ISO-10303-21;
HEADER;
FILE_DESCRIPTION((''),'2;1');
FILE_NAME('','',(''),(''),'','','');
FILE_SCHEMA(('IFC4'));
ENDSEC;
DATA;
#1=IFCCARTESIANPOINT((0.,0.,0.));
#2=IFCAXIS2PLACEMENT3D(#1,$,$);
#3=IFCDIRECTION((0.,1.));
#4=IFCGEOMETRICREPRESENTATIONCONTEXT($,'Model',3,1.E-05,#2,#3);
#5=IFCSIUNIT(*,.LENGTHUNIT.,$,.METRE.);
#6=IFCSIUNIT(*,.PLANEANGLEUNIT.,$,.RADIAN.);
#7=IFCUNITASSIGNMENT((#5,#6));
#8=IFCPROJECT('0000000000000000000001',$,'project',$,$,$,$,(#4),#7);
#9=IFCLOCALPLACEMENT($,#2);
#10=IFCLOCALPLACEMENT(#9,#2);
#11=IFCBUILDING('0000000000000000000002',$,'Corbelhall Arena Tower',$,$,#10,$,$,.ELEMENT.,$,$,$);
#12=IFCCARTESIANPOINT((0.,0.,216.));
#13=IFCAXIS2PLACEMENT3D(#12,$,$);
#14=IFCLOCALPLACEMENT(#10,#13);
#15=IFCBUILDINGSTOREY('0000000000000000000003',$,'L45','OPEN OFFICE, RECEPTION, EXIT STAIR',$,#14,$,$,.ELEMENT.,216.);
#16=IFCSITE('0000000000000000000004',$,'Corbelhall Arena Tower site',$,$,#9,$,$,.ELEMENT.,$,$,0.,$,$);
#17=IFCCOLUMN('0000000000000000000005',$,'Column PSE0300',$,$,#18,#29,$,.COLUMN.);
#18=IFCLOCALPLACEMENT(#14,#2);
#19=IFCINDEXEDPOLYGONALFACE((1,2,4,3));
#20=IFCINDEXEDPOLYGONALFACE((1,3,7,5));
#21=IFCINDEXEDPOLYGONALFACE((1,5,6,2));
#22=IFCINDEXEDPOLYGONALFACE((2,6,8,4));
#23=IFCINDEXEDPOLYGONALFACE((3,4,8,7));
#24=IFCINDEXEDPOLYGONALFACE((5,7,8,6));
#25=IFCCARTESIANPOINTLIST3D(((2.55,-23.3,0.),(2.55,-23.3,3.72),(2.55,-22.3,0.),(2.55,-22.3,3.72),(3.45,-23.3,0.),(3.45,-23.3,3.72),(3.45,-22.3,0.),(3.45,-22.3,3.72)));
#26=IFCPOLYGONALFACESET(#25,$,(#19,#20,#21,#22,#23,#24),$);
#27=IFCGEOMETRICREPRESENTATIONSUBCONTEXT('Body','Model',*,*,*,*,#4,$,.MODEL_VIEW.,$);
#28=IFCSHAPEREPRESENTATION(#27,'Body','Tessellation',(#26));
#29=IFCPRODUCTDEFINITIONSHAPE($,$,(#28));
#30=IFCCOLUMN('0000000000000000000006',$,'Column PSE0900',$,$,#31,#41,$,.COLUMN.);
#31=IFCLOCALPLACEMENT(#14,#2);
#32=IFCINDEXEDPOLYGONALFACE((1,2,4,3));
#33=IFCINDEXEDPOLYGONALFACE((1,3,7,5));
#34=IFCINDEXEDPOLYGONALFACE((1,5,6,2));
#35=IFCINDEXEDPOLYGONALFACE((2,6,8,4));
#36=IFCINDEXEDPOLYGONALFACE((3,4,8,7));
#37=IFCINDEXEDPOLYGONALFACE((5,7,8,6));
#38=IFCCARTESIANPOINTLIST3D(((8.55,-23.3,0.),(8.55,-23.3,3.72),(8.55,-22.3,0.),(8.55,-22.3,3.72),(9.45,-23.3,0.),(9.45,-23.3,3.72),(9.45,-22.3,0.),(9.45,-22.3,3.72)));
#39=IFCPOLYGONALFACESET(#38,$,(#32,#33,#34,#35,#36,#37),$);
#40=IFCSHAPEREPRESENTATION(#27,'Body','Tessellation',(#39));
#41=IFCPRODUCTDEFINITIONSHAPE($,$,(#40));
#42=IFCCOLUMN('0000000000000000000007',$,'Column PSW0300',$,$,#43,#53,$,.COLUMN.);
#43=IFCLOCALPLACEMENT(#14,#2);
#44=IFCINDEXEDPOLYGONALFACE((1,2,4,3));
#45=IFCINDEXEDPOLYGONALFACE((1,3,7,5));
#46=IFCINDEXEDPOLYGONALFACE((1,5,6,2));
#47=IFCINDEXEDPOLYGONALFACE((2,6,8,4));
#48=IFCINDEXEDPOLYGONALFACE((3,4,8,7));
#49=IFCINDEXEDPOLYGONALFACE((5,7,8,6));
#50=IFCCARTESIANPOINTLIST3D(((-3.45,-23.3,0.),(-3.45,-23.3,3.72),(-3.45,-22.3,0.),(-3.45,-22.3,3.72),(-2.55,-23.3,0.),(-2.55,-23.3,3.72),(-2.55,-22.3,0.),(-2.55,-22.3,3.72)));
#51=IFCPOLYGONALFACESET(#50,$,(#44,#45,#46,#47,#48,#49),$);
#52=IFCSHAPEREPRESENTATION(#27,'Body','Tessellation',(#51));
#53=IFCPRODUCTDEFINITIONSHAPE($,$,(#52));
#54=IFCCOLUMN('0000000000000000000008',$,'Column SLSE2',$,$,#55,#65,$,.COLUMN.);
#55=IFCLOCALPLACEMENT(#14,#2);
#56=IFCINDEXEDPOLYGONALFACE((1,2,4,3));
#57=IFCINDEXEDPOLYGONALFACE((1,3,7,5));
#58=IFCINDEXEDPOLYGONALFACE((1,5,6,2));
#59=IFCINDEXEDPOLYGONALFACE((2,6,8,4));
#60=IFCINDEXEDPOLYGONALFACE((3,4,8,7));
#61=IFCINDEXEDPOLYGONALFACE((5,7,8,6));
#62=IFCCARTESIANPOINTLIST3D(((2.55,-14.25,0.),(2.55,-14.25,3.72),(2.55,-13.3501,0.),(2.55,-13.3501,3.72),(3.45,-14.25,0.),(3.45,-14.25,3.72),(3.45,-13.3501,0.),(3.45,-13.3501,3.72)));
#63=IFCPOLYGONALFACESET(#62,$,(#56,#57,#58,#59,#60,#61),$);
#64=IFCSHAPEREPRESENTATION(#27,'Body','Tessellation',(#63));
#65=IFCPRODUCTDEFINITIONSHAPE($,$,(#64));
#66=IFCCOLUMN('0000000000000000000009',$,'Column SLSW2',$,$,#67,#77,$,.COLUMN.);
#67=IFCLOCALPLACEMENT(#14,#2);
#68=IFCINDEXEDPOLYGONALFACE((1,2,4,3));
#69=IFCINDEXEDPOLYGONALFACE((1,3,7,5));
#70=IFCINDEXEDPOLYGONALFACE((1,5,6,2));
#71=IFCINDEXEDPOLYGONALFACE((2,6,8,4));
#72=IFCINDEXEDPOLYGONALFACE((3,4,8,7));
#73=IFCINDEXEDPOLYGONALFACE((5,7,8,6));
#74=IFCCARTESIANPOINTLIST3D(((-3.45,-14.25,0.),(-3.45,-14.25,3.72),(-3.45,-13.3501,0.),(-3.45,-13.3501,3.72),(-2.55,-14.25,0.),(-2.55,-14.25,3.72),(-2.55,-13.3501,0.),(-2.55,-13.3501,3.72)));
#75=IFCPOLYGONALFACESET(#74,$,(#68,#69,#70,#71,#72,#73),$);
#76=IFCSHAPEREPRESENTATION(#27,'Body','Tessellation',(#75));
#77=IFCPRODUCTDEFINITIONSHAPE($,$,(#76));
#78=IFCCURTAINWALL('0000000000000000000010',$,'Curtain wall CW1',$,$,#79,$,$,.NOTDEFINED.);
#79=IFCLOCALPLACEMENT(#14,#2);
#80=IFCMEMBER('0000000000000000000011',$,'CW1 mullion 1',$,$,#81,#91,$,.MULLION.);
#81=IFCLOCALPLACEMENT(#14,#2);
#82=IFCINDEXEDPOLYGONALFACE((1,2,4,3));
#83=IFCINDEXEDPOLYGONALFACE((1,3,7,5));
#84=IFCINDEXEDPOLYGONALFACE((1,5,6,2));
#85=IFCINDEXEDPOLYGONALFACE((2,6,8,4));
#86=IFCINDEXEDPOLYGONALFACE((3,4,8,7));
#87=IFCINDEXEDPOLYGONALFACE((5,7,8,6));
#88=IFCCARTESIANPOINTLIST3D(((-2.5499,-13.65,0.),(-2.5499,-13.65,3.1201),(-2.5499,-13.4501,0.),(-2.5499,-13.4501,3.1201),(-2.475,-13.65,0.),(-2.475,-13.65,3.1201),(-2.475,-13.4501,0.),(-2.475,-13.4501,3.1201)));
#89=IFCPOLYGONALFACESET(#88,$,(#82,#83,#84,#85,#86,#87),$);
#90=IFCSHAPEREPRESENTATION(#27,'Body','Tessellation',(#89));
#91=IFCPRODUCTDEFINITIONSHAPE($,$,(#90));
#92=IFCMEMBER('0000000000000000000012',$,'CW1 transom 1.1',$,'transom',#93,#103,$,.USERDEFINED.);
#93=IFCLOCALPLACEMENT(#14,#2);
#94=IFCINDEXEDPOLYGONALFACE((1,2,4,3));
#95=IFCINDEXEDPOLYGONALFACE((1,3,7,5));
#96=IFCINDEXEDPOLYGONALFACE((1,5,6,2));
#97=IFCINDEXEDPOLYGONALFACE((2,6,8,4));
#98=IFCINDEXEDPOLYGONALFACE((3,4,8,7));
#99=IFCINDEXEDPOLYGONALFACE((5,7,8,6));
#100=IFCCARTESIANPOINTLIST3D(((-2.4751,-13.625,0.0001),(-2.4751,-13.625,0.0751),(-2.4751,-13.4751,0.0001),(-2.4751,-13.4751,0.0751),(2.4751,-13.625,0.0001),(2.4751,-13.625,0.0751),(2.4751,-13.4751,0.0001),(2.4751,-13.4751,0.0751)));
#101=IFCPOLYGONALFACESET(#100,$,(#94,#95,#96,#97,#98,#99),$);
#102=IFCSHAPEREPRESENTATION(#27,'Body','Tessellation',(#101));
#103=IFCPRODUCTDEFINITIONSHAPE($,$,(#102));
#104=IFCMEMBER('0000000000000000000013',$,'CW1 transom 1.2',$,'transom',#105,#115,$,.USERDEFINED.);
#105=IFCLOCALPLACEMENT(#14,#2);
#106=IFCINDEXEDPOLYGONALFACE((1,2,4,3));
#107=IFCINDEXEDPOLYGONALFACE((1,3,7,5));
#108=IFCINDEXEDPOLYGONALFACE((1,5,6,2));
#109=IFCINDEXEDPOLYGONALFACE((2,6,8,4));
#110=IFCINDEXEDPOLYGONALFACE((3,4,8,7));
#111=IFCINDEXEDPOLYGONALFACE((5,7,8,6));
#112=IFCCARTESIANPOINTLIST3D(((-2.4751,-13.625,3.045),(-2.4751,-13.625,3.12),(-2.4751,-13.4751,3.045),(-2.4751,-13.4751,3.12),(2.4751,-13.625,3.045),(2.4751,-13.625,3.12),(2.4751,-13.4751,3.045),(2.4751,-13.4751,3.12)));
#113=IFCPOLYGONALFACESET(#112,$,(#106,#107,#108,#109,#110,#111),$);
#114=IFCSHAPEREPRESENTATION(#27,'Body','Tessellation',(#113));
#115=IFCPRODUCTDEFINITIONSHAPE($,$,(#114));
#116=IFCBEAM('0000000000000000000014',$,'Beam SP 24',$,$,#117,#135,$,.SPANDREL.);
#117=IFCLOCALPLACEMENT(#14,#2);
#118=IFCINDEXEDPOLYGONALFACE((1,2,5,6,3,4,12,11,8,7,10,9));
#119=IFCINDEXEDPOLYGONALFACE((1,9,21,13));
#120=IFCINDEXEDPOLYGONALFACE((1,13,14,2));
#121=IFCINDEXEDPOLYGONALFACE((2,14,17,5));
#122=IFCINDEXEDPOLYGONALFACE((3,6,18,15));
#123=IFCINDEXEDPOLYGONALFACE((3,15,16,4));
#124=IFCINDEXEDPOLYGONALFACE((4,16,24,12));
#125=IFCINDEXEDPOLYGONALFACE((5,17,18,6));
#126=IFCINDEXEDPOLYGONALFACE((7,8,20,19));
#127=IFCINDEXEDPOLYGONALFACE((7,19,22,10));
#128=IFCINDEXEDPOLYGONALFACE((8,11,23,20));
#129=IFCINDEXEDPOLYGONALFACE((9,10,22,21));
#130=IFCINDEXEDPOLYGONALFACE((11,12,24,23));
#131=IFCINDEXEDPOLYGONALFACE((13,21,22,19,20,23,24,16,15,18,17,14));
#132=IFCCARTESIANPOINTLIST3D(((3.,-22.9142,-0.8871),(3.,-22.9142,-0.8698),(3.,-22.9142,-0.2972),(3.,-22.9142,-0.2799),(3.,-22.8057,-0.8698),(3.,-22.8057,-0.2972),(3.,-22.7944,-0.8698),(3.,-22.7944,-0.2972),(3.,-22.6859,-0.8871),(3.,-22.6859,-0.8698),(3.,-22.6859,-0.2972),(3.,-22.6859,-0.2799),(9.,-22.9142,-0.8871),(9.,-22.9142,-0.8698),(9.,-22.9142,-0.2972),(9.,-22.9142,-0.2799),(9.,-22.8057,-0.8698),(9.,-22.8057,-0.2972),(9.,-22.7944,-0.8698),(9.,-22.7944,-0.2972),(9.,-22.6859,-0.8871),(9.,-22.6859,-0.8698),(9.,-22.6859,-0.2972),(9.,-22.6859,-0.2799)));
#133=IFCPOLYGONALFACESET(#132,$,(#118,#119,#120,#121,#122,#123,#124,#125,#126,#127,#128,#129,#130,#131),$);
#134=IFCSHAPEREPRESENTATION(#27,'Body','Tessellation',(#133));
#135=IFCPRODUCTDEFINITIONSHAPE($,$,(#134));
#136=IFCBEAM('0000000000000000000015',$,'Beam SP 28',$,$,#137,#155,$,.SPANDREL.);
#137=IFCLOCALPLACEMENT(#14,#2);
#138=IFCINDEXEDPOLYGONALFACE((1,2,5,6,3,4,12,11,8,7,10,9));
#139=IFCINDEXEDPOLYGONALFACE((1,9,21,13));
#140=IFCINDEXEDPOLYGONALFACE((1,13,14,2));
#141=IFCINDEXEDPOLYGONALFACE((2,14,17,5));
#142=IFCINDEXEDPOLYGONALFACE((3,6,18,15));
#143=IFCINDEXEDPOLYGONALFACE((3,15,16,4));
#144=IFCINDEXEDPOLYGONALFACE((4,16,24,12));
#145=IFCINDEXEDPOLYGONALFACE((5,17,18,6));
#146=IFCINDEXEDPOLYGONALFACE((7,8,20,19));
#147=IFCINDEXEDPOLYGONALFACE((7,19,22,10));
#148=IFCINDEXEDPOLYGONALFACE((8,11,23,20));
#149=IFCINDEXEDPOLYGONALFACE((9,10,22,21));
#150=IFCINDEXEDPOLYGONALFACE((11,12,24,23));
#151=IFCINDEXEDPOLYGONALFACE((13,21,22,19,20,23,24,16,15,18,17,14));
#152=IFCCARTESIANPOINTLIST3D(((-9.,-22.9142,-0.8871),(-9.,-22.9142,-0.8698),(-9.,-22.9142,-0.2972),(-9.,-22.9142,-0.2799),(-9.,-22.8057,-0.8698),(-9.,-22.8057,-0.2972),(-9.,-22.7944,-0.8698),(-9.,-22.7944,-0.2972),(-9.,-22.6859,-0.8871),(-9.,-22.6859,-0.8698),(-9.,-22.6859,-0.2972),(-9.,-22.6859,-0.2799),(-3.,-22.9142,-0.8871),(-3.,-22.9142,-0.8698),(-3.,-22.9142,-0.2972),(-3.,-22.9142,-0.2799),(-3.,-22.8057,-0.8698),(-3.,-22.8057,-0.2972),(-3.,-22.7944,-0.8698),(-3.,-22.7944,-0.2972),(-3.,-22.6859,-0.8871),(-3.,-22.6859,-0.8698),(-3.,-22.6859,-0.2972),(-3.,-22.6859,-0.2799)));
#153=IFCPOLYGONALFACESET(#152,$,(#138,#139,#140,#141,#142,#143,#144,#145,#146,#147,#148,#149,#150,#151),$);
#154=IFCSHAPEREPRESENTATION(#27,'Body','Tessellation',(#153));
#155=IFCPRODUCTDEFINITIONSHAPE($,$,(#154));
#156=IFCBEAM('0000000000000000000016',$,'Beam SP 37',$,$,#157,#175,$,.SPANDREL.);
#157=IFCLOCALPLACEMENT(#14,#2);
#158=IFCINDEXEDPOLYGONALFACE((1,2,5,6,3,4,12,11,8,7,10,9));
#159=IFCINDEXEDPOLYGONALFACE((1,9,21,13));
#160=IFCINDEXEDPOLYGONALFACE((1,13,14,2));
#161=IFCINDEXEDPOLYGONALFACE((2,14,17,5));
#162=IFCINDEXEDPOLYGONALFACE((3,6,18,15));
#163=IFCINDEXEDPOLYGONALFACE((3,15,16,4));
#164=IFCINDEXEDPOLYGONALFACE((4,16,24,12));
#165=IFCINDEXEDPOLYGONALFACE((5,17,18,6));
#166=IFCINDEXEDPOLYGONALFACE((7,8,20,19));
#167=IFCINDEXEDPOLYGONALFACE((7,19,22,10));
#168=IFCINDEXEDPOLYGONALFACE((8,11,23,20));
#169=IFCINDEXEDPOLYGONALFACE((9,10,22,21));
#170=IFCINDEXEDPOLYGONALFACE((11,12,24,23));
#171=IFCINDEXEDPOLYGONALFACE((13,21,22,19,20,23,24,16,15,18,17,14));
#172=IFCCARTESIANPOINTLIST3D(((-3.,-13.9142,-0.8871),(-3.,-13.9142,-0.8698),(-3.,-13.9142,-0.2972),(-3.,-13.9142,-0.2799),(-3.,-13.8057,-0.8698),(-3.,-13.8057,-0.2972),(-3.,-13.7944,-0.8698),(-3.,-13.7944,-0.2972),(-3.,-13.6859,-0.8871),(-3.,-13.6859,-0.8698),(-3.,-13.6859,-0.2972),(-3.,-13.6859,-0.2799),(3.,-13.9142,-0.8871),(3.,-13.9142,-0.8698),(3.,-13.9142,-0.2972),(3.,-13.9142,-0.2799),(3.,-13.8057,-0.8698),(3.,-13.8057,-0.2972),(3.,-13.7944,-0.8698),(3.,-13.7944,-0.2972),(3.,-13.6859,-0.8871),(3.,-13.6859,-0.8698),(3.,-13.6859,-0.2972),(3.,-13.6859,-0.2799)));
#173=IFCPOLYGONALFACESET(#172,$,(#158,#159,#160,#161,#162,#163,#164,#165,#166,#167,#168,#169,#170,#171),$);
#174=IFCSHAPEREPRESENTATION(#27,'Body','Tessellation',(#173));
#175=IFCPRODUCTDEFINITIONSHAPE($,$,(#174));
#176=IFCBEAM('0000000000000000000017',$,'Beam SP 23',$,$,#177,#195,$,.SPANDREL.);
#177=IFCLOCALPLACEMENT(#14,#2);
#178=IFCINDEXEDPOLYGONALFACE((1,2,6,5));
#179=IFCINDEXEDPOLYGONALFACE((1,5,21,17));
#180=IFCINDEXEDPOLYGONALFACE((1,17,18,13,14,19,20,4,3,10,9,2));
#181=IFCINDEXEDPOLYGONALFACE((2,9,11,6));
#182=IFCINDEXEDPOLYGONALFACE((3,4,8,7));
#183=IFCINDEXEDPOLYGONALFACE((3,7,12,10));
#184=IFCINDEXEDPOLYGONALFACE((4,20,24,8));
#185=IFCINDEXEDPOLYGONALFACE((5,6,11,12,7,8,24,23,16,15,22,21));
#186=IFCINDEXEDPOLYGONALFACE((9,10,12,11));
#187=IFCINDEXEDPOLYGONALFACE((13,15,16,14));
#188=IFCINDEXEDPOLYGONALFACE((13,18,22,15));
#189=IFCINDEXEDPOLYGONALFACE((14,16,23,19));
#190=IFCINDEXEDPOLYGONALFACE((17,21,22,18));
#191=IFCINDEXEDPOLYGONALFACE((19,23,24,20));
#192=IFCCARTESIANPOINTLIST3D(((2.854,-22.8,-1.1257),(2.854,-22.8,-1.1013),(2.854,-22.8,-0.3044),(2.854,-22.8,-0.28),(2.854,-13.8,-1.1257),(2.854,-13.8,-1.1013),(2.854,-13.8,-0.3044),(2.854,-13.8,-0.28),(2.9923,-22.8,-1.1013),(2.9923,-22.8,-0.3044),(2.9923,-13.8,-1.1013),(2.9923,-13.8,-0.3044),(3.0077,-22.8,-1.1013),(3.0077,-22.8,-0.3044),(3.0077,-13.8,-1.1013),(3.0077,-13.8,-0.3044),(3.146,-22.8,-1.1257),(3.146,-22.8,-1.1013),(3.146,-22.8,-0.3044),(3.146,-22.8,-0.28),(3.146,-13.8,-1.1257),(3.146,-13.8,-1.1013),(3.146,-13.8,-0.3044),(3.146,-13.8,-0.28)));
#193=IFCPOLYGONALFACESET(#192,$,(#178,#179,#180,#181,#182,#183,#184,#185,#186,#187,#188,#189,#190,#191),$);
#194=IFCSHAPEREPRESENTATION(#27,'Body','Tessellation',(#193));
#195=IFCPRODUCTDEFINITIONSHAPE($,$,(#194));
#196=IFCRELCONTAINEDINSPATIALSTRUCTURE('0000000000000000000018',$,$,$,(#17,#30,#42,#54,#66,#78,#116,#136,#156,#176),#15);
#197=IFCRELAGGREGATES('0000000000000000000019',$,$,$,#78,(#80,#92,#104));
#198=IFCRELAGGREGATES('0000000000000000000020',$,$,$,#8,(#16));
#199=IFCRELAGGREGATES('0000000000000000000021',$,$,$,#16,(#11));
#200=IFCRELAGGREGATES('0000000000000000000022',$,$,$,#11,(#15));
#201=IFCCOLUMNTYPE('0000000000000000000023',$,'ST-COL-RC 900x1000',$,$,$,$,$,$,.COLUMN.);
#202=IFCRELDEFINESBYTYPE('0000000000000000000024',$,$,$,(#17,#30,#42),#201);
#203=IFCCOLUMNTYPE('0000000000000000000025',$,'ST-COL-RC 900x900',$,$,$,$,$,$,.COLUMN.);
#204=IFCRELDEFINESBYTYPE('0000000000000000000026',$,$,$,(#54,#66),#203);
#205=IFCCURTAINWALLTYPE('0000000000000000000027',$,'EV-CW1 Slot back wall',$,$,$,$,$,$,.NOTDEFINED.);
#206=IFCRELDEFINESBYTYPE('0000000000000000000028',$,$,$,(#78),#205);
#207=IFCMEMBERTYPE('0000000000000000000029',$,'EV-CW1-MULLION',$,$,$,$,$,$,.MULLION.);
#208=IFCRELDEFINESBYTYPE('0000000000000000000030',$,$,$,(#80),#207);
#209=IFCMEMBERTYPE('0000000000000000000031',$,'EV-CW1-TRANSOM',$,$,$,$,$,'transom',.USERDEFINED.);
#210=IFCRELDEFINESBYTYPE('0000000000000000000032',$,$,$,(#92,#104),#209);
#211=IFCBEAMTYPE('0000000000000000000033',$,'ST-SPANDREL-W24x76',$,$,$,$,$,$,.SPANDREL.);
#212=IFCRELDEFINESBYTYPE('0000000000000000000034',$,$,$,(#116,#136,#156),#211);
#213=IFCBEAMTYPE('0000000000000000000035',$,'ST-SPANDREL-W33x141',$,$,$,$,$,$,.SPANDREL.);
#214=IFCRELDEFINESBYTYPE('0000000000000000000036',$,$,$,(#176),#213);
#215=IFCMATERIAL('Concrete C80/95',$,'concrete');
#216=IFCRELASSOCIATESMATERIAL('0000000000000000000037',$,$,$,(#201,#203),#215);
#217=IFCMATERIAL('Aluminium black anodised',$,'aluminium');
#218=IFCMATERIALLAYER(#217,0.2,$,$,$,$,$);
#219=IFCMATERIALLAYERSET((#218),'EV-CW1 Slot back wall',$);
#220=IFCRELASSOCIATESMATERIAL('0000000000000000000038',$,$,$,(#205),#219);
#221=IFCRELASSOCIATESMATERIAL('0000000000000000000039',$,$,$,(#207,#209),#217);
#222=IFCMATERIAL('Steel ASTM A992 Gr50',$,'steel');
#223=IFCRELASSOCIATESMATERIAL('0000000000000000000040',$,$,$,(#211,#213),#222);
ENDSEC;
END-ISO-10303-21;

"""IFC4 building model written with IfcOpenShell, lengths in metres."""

from ifc_helpers import new_model, si_unit, direction, frame, origin, origin_2d, place, context, subcontext, project, spatial, rectangle, i_section, extrude, material, layer, layer_set, material_profile, profile_set, type_object, element, aggregate, save


model = new_model("IFC4")

# Units and contexts
model_context = context("Model", 3, precision=1e-05, world=origin(), true_north=direction((0.0, 1.0)))
body_context = subcontext(model_context, "Body", "Model", "MODEL_VIEW")
ifc_project = project(units=[si_unit("LENGTHUNIT", "METRE"), si_unit("PLANEANGLEUNIT", "RADIAN")], contexts=[model_context])

# Site, building, storey
site_placement = place(None, origin())
site = spatial("IfcSite", under=ifc_project, at=site_placement, Name="Corbelhall Arena Tower site", CompositionType="ELEMENT", RefElevation=0.0)
building_placement = place(site_placement, origin())
building = spatial("IfcBuilding", under=site, at=building_placement, Name="Corbelhall Arena Tower", CompositionType="ELEMENT")
storey_placement = place(building_placement, frame((0.0, 0.0, 216.0)))
storey = spatial("IfcBuildingStorey", under=building, at=storey_placement, Name="L45", Description="OPEN OFFICE, RECEPTION, EXIT STAIR", CompositionType="ELEMENT", Elevation=216.0)

# Columns
ifc_material_1 = material(Name="Concrete C80/95", Category="concrete")
ifc_material_profile_1 = material_profile(ifc_material_1, rectangle(XDim=0.8999, YDim=1.0, at=origin_2d()))
ifc_profile_set_1 = profile_set([ifc_material_profile_1], Name="Concrete C80/95")
column_type_1 = type_object("IfcColumnType", Name="ST-COL-RC 900x1000", PredefinedType="COLUMN", material=ifc_profile_set_1)
for number, where, z_axis, x_axis, name in (
    (1, (3.0, -22.8, 0.0), (0.0, 0.0, 1.0), (1.0, 0.0, 0.0), "Column PSE0300"),
    (2, (9.0, -22.8, 0.0), (0.0, 0.0, 1.0), (1.0, 0.0, 0.0), "Column PSE0900"),
    (3, (-3.0, -22.8, 0.0), (0.0, 0.0, 1.0), (1.0, 0.0, 0.0), "Column PSW0300"),
):
    element("IfcColumn", number, at=place(storey_placement, frame(where, z_axis=z_axis, x_axis=x_axis)), inside=storey, type_object=column_type_1, Name=name, PredefinedType="COLUMN", context=body_context, shape_type="SweptSolid", body=[
        extrude(rectangle(XDim=0.8999, YDim=1.0, at=origin_2d()), origin(), (0.0, 0.0, 1.0), 3.72),
    ])
ifc_material_profile_2 = material_profile(ifc_material_1, rectangle(XDim=0.8999, YDim=0.8999, at=origin_2d()))
ifc_profile_set_2 = profile_set([ifc_material_profile_2], Name="Concrete C80/95")
column_type_2 = type_object("IfcColumnType", Name="ST-COL-RC 900x900", PredefinedType="COLUMN", material=ifc_profile_set_2)
for number, where, z_axis, x_axis, name in (
    (4, (3.0, -13.8, 0.0), (0.0, 0.0, 1.0), (1.0, 0.0, 0.0), "Column SLSE2"),
    (5, (-3.0, -13.8, 0.0), (0.0, 0.0, 1.0), (1.0, 0.0, 0.0), "Column SLSW2"),
):
    element("IfcColumn", number, at=place(storey_placement, frame(where, z_axis=z_axis, x_axis=x_axis)), inside=storey, type_object=column_type_2, Name=name, PredefinedType="COLUMN", context=body_context, shape_type="SweptSolid", body=[
        extrude(rectangle(XDim=0.8999, YDim=0.8999, at=origin_2d()), origin(), (0.0, 0.0, 1.0), 3.72),
    ])

# Curtain wall, members
ifc_material_2 = material(Name="Aluminium black anodised", Category="aluminium")
ifc_layer_1 = layer(ifc_material_2, 0.2)
ifc_layer_set_1 = layer_set([ifc_layer_1], Name="EV-CW1 Slot back wall")
curtain_wall_type = type_object("IfcCurtainWallType", Name="EV-CW1 Slot back wall", PredefinedType="NOTDEFINED", material=ifc_layer_set_1)
curtain_wall_placement = place(storey_placement, origin())
curtain_wall = element("IfcCurtainWall", 6, at=curtain_wall_placement, inside=storey, type_object=curtain_wall_type, Name="Curtain wall CW1", PredefinedType="NOTDEFINED")
ifc_material_profile_3 = material_profile(ifc_material_2, rectangle(XDim=0.2, YDim=0.075, at=origin_2d()))
ifc_profile_set_3 = profile_set([ifc_material_profile_3], Name="Aluminium black anodised")
member_type_1 = type_object("IfcMemberType", Name="EV-CW1-MULLION", PredefinedType="MULLION", material=ifc_profile_set_3)
member_1_placement = place(storey_placement, frame((-2.5125, -13.55, 0.0), z_axis=(0.0, 0.0, 1.0), x_axis=(0.0, 1.0, 0.0)))
member_1 = element("IfcMember", 7, at=member_1_placement, type_object=member_type_1, Name="CW1 mullion 1", PredefinedType="MULLION", context=body_context, shape_type="SweptSolid", body=[
    extrude(rectangle(XDim=0.2, YDim=0.075, at=origin_2d()), origin(), (0.0, 0.0, 1.0), 3.1201),
])
ifc_material_profile_4 = material_profile(ifc_material_2, rectangle(XDim=0.1499, YDim=0.075, at=origin_2d()))
ifc_profile_set_4 = profile_set([ifc_material_profile_4], Name="Aluminium black anodised")
member_type_2 = type_object("IfcMemberType", Name="EV-CW1-TRANSOM", ElementType="transom", PredefinedType="USERDEFINED", material=ifc_profile_set_4)
member_2_placement = place(storey_placement, frame((-2.4751, -13.55, 0.0376), z_axis=(1.0, 0.0, 0.0), x_axis=(0.0, 1.0, 0.0)))
member_2 = element("IfcMember", 8, at=member_2_placement, type_object=member_type_2, Name="CW1 transom 1.1", ObjectType="transom", PredefinedType="USERDEFINED", context=body_context, shape_type="SweptSolid", body=[
    extrude(rectangle(XDim=0.1499, YDim=0.075, at=origin_2d()), origin(), (0.0, 0.0, 1.0), 4.9502),
])
member_3_placement = place(storey_placement, frame((-2.4751, -13.55, 3.0825), z_axis=(1.0, 0.0, 0.0), x_axis=(0.0, 1.0, 0.0)))
member_3 = element("IfcMember", 9, at=member_3_placement, type_object=member_type_2, Name="CW1 transom 1.2", ObjectType="transom", PredefinedType="USERDEFINED", context=body_context, shape_type="SweptSolid", body=[
    extrude(rectangle(XDim=0.1499, YDim=0.075, at=origin_2d()), origin(), (0.0, 0.0, 1.0), 4.9502),
])

# Beams
ifc_material_3 = material(Name="Steel ASTM A992 Gr50", Category="steel")
ifc_material_profile_5 = material_profile(ifc_material_3, i_section(OverallWidth=0.2283, OverallDepth=0.6072, WebThickness=0.0112, FlangeThickness=0.0173, at=origin_2d()))
ifc_profile_set_5 = profile_set([ifc_material_profile_5], Name="Steel ASTM A992 Gr50")
beam_type_1 = type_object("IfcBeamType", Name="ST-SPANDREL-W24x76", PredefinedType="SPANDREL", material=ifc_profile_set_5)
for number, where, z_axis, x_axis, name in (
    (10, (9.0, -22.8, -0.5835), (-1.0, 0.0, 0.0), (0.0, -1.0, 0.0), "Beam SP 24"),
    (11, (-3.0, -22.8, -0.5835), (-1.0, 0.0, 0.0), (0.0, -1.0, 0.0), "Beam SP 28"),
    (12, (3.0, -13.8, -0.5835), (-1.0, 0.0, 0.0), (0.0, -1.0, 0.0), "Beam SP 37"),
):
    element("IfcBeam", number, at=place(storey_placement, frame(where, z_axis=z_axis, x_axis=x_axis)), inside=storey, type_object=beam_type_1, Name=name, PredefinedType="SPANDREL", context=body_context, shape_type="SweptSolid", body=[
        extrude(i_section(OverallWidth=0.2283, OverallDepth=0.6072, WebThickness=0.0112, FlangeThickness=0.0173, at=origin_2d()), origin(), (0.0, 0.0, 1.0), 6.0),
    ])
ifc_material_profile_6 = material_profile(ifc_material_3, i_section(OverallWidth=0.292, OverallDepth=0.8457, WebThickness=0.0154, FlangeThickness=0.0244, at=origin_2d()))
ifc_profile_set_6 = profile_set([ifc_material_profile_6], Name="Steel ASTM A992 Gr50")
beam_type_2 = type_object("IfcBeamType", Name="ST-SPANDREL-W33x141", PredefinedType="SPANDREL", material=ifc_profile_set_6)
for number, where, z_axis, x_axis, name in (
    (13, (3.0, -22.8, -0.7029), (0.0, 1.0, 0.0), (-1.0, 0.0, 0.0), "Beam SP 23"),
):
    element("IfcBeam", number, at=place(storey_placement, frame(where, z_axis=z_axis, x_axis=x_axis)), inside=storey, type_object=beam_type_2, Name=name, PredefinedType="SPANDREL", context=body_context, shape_type="SweptSolid", body=[
        extrude(i_section(OverallWidth=0.292, OverallDepth=0.8457, WebThickness=0.0154, FlangeThickness=0.0244, at=origin_2d()), origin(), (0.0, 0.0, 1.0), 9.0),
    ])

aggregate(curtain_wall, [member_1, member_2, member_3])

save(model, "model.ifc")
